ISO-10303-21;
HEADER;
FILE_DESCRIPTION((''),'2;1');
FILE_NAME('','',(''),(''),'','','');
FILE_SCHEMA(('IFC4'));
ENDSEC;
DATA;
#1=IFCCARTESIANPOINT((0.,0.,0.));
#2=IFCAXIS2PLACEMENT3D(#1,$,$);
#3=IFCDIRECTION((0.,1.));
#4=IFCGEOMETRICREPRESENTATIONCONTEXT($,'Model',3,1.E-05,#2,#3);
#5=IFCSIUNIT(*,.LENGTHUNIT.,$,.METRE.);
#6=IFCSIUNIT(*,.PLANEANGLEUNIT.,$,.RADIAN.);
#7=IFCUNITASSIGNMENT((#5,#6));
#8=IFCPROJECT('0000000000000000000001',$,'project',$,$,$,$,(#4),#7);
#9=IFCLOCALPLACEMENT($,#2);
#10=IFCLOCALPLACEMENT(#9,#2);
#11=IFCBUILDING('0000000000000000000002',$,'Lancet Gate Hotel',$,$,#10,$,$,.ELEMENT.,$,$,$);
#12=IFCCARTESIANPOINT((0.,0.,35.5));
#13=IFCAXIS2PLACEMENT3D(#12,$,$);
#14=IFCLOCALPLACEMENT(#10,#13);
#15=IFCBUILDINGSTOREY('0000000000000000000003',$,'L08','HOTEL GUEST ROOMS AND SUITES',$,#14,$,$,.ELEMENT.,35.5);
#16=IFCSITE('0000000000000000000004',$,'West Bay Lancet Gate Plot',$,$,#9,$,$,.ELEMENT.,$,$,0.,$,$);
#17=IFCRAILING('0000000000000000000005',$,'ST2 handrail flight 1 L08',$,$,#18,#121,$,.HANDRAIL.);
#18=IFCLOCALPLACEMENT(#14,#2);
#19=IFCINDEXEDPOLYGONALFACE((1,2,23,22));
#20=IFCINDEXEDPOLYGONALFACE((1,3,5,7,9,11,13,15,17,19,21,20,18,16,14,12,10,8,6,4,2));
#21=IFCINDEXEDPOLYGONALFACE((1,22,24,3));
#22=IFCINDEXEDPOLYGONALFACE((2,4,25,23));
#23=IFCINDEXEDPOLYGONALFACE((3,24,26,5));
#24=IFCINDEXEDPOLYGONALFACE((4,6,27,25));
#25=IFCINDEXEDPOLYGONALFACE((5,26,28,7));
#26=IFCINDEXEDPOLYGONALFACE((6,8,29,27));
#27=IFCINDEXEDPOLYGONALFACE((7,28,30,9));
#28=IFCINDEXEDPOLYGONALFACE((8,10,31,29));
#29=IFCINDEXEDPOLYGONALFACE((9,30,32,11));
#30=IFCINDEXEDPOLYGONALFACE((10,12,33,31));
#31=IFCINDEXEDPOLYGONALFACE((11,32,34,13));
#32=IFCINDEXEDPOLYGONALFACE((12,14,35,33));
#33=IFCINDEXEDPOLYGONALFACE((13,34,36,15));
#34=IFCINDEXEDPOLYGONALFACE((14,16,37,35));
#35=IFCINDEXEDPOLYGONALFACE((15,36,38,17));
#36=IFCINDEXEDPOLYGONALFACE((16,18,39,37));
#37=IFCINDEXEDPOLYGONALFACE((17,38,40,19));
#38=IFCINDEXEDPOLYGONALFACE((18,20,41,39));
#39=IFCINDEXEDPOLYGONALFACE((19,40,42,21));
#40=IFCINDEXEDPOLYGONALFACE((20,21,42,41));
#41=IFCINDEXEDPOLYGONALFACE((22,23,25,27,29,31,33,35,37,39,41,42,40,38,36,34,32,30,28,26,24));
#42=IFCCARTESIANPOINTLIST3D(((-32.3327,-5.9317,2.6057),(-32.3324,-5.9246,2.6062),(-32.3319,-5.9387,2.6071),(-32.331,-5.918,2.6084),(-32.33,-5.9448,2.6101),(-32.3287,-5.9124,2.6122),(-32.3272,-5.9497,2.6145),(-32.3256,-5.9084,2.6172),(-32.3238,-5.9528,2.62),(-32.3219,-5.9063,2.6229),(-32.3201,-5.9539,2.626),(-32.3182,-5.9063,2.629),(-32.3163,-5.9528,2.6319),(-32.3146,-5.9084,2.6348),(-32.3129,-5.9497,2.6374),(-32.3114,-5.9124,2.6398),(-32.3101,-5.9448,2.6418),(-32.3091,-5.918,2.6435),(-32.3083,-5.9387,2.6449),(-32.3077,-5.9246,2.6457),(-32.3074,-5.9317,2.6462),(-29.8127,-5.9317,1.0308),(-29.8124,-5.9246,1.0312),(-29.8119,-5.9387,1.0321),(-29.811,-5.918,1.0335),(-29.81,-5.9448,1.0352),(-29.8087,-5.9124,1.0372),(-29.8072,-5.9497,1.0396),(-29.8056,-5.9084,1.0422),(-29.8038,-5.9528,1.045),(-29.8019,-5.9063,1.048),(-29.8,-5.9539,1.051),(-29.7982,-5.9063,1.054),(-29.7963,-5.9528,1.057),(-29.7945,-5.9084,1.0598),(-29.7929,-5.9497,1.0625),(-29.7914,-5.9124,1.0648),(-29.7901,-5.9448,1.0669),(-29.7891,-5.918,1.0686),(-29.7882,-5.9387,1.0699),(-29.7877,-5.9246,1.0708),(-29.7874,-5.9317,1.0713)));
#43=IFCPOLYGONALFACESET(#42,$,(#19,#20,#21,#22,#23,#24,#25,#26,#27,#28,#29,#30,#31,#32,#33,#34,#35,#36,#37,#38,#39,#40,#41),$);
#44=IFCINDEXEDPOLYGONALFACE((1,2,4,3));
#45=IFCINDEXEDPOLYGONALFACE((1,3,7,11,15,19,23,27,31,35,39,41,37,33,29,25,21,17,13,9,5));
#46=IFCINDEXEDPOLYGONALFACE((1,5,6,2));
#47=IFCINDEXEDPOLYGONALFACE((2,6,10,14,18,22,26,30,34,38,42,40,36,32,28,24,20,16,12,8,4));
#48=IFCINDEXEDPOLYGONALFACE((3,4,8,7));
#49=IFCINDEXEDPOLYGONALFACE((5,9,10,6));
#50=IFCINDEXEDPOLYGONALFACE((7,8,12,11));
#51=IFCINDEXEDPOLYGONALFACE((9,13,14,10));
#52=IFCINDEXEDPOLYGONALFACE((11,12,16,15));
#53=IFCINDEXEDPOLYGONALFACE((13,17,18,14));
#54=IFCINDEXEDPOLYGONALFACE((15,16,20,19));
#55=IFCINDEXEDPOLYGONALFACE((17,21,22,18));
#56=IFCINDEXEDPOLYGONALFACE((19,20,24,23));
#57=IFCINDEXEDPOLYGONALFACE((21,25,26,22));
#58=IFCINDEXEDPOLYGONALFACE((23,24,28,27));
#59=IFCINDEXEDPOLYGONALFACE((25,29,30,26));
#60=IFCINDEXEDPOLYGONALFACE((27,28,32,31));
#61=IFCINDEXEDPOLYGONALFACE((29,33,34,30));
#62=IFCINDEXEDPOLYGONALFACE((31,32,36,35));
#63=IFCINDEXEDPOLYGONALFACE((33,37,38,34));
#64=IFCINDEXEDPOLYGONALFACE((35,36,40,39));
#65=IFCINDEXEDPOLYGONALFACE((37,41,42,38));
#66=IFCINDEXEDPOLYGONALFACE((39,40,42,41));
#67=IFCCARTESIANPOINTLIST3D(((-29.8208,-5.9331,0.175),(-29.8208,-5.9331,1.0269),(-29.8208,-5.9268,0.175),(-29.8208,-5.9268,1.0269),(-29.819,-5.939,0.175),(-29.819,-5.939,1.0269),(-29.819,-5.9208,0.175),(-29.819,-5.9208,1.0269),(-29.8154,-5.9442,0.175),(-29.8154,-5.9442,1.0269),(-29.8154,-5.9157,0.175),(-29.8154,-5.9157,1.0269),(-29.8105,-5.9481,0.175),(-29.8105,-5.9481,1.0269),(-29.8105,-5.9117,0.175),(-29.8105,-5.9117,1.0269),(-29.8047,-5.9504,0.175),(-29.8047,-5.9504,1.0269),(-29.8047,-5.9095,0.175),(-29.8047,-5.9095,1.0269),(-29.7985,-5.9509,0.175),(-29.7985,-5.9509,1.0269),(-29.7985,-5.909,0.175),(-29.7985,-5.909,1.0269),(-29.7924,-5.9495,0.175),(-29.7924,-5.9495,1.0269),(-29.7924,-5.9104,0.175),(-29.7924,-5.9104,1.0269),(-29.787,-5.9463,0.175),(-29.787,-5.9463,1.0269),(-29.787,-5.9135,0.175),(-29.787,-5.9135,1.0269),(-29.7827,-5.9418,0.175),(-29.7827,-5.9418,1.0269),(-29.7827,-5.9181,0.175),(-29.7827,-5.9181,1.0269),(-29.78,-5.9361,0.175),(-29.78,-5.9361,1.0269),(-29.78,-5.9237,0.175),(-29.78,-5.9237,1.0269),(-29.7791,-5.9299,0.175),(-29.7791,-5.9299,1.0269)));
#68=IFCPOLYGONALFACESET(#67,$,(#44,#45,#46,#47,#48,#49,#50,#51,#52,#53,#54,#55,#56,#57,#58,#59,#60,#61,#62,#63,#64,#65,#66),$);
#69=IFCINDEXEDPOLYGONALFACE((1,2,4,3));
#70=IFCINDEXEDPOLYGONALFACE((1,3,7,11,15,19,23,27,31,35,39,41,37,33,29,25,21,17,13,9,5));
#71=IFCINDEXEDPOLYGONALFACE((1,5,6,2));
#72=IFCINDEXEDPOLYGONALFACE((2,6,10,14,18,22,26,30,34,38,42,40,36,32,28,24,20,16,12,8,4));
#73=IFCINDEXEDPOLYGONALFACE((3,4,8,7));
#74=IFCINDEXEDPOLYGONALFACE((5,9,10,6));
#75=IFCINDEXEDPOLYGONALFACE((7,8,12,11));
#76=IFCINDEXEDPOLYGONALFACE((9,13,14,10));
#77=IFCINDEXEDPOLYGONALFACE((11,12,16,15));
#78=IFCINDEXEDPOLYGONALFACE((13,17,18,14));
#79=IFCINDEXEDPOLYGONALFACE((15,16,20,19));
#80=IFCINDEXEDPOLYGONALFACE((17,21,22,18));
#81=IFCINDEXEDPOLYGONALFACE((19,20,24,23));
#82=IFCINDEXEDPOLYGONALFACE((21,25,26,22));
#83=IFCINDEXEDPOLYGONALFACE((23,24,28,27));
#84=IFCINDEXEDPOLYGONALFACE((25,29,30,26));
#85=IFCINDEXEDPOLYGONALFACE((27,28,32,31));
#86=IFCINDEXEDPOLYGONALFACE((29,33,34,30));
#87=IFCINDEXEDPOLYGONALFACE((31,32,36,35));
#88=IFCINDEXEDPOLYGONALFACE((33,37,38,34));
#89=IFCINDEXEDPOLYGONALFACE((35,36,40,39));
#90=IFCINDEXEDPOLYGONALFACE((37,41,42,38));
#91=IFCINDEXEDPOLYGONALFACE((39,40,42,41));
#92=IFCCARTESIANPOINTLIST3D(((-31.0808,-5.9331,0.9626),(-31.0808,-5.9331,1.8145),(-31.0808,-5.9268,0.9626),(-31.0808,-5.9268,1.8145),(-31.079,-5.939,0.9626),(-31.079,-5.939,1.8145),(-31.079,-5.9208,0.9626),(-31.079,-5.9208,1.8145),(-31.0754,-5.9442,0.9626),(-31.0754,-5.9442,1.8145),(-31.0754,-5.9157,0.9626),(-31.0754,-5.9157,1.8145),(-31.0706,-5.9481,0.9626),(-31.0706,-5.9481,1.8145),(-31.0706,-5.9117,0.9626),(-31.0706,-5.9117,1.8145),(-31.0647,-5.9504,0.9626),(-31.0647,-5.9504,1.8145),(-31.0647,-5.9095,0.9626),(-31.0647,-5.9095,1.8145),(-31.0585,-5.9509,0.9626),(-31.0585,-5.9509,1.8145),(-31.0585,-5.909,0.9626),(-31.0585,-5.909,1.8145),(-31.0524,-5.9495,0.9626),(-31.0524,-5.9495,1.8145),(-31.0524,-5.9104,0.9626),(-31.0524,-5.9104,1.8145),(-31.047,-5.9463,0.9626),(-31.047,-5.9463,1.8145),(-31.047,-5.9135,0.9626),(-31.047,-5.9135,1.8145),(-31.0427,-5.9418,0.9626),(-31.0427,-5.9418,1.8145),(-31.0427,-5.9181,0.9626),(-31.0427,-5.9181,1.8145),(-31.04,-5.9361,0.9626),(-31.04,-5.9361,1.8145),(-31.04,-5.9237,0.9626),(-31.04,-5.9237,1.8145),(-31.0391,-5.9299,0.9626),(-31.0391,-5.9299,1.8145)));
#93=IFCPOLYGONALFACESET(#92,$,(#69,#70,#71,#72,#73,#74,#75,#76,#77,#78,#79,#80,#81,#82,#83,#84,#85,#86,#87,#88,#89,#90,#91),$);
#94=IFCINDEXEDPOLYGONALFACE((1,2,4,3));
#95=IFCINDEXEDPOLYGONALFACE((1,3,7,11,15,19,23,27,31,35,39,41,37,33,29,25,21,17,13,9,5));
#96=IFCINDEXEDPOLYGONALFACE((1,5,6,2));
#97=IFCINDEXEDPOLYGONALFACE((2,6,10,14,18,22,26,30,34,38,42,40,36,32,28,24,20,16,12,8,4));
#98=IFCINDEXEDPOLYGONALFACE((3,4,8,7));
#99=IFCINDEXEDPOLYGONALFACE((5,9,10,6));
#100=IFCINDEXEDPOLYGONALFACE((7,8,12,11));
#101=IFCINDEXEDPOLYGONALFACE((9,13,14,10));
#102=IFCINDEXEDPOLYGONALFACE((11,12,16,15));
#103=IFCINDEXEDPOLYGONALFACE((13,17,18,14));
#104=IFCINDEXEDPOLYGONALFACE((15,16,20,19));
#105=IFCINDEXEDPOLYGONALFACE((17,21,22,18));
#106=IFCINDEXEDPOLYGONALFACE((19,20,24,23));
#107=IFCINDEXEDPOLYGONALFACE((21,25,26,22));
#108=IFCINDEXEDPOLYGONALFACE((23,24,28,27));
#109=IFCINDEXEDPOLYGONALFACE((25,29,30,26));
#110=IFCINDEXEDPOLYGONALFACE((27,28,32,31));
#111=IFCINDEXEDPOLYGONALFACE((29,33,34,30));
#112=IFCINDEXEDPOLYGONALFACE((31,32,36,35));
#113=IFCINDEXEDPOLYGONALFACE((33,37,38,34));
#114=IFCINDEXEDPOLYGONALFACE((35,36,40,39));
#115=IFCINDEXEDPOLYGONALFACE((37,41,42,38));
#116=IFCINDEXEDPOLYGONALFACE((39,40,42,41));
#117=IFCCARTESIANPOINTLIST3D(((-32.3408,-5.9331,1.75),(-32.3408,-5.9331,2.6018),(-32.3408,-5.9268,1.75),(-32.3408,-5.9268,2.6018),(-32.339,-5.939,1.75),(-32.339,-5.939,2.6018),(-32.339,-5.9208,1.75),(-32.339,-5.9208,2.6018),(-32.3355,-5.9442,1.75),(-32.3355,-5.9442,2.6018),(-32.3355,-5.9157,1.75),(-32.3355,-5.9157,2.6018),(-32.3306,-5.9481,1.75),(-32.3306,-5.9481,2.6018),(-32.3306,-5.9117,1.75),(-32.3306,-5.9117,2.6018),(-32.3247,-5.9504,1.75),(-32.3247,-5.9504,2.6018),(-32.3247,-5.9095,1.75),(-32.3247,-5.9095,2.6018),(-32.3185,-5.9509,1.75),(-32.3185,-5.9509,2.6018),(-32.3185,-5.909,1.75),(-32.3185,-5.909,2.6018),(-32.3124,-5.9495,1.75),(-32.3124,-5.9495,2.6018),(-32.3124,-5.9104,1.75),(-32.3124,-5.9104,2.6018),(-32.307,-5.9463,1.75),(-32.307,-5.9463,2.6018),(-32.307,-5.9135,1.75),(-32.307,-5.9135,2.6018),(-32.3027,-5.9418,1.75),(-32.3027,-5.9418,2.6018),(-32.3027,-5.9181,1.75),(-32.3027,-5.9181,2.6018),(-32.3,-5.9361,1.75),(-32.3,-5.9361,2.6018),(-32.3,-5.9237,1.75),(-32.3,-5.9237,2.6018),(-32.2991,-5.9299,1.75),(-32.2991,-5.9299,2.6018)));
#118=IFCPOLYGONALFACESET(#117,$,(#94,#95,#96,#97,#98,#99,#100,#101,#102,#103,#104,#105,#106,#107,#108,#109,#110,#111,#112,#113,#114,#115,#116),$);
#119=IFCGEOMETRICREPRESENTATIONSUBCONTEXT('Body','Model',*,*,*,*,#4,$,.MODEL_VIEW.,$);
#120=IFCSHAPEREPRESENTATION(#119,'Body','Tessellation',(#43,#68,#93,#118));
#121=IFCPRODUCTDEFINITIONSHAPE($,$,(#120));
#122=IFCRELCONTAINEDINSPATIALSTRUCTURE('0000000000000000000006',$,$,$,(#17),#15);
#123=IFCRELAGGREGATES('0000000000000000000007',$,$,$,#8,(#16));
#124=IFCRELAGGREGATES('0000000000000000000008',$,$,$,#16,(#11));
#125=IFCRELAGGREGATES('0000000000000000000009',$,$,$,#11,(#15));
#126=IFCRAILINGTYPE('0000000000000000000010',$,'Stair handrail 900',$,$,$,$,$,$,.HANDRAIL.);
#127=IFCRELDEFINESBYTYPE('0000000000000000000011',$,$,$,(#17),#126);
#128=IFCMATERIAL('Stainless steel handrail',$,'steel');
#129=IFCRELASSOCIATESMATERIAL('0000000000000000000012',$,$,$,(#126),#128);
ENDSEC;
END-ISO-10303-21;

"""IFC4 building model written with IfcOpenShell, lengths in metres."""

from ifc_helpers import new_model, si_unit, direction, frame, origin, origin_2d, place, context, subcontext, project, spatial, circle, extrude, material, type_object, element, save


model = new_model("IFC4")

# Units and contexts
model_context = context("Model", 3, precision=1e-05, world=origin(), true_north=direction((0.0, 1.0)))
body_context = subcontext(model_context, "Body", "Model", "MODEL_VIEW")
ifc_project = project(units=[si_unit("LENGTHUNIT", "METRE"), si_unit("PLANEANGLEUNIT", "RADIAN")], contexts=[model_context])

# Site, building, storey
site_placement = place(None, origin())
site = spatial("IfcSite", under=ifc_project, at=site_placement, Name="West Bay Lancet Gate Plot", CompositionType="ELEMENT", RefElevation=0.0)
building_placement = place(site_placement, origin())
building = spatial("IfcBuilding", under=site, at=building_placement, Name="Lancet Gate Hotel", CompositionType="ELEMENT")
storey_placement = place(building_placement, frame((0.0, 0.0, 35.5)))
storey = spatial("IfcBuildingStorey", under=building, at=storey_placement, Name="L08", Description="HOTEL GUEST ROOMS AND SUITES", CompositionType="ELEMENT", Elevation=35.5)

# Railing
ifc_material_1 = material(Name="Stainless steel handrail", Category="steel")
railing_type = type_object("IfcRailingType", Name="Stair handrail 900", PredefinedType="HANDRAIL", material=ifc_material_1)
railing_1_placement = place(storey_placement, frame((-29.8, -5.9299, 0.175)))
element("IfcRailing", 1, at=railing_1_placement, inside=storey, type_object=railing_type, Name="ST2 handrail flight 1 L08", PredefinedType="HANDRAIL", context=body_context, shape_type="SweptSolid", body=[
    extrude(circle(Radius=0.0239, at=origin_2d()), frame((0.0, 0.0, 0.876), z_axis=(-0.848008, 0.0, 0.529984), x_axis=(0.0, -1.0, 0.0)), (0.0, 0.0, 1.0), 2.9717),
    extrude(circle(Radius=0.021, at=origin_2d()), origin(), (0.0, 0.0, 1.0), 0.8518),
    extrude(circle(Radius=0.021, at=origin_2d()), frame((-1.26, 0.0, 0.7876)), (0.0, 0.0, 1.0), 0.8518),
    extrude(circle(Radius=0.021, at=origin_2d()), frame((-2.52, 0.0, 1.575)), (0.0, 0.0, 1.0), 0.8518),
])

save(model, "model.ifc")
